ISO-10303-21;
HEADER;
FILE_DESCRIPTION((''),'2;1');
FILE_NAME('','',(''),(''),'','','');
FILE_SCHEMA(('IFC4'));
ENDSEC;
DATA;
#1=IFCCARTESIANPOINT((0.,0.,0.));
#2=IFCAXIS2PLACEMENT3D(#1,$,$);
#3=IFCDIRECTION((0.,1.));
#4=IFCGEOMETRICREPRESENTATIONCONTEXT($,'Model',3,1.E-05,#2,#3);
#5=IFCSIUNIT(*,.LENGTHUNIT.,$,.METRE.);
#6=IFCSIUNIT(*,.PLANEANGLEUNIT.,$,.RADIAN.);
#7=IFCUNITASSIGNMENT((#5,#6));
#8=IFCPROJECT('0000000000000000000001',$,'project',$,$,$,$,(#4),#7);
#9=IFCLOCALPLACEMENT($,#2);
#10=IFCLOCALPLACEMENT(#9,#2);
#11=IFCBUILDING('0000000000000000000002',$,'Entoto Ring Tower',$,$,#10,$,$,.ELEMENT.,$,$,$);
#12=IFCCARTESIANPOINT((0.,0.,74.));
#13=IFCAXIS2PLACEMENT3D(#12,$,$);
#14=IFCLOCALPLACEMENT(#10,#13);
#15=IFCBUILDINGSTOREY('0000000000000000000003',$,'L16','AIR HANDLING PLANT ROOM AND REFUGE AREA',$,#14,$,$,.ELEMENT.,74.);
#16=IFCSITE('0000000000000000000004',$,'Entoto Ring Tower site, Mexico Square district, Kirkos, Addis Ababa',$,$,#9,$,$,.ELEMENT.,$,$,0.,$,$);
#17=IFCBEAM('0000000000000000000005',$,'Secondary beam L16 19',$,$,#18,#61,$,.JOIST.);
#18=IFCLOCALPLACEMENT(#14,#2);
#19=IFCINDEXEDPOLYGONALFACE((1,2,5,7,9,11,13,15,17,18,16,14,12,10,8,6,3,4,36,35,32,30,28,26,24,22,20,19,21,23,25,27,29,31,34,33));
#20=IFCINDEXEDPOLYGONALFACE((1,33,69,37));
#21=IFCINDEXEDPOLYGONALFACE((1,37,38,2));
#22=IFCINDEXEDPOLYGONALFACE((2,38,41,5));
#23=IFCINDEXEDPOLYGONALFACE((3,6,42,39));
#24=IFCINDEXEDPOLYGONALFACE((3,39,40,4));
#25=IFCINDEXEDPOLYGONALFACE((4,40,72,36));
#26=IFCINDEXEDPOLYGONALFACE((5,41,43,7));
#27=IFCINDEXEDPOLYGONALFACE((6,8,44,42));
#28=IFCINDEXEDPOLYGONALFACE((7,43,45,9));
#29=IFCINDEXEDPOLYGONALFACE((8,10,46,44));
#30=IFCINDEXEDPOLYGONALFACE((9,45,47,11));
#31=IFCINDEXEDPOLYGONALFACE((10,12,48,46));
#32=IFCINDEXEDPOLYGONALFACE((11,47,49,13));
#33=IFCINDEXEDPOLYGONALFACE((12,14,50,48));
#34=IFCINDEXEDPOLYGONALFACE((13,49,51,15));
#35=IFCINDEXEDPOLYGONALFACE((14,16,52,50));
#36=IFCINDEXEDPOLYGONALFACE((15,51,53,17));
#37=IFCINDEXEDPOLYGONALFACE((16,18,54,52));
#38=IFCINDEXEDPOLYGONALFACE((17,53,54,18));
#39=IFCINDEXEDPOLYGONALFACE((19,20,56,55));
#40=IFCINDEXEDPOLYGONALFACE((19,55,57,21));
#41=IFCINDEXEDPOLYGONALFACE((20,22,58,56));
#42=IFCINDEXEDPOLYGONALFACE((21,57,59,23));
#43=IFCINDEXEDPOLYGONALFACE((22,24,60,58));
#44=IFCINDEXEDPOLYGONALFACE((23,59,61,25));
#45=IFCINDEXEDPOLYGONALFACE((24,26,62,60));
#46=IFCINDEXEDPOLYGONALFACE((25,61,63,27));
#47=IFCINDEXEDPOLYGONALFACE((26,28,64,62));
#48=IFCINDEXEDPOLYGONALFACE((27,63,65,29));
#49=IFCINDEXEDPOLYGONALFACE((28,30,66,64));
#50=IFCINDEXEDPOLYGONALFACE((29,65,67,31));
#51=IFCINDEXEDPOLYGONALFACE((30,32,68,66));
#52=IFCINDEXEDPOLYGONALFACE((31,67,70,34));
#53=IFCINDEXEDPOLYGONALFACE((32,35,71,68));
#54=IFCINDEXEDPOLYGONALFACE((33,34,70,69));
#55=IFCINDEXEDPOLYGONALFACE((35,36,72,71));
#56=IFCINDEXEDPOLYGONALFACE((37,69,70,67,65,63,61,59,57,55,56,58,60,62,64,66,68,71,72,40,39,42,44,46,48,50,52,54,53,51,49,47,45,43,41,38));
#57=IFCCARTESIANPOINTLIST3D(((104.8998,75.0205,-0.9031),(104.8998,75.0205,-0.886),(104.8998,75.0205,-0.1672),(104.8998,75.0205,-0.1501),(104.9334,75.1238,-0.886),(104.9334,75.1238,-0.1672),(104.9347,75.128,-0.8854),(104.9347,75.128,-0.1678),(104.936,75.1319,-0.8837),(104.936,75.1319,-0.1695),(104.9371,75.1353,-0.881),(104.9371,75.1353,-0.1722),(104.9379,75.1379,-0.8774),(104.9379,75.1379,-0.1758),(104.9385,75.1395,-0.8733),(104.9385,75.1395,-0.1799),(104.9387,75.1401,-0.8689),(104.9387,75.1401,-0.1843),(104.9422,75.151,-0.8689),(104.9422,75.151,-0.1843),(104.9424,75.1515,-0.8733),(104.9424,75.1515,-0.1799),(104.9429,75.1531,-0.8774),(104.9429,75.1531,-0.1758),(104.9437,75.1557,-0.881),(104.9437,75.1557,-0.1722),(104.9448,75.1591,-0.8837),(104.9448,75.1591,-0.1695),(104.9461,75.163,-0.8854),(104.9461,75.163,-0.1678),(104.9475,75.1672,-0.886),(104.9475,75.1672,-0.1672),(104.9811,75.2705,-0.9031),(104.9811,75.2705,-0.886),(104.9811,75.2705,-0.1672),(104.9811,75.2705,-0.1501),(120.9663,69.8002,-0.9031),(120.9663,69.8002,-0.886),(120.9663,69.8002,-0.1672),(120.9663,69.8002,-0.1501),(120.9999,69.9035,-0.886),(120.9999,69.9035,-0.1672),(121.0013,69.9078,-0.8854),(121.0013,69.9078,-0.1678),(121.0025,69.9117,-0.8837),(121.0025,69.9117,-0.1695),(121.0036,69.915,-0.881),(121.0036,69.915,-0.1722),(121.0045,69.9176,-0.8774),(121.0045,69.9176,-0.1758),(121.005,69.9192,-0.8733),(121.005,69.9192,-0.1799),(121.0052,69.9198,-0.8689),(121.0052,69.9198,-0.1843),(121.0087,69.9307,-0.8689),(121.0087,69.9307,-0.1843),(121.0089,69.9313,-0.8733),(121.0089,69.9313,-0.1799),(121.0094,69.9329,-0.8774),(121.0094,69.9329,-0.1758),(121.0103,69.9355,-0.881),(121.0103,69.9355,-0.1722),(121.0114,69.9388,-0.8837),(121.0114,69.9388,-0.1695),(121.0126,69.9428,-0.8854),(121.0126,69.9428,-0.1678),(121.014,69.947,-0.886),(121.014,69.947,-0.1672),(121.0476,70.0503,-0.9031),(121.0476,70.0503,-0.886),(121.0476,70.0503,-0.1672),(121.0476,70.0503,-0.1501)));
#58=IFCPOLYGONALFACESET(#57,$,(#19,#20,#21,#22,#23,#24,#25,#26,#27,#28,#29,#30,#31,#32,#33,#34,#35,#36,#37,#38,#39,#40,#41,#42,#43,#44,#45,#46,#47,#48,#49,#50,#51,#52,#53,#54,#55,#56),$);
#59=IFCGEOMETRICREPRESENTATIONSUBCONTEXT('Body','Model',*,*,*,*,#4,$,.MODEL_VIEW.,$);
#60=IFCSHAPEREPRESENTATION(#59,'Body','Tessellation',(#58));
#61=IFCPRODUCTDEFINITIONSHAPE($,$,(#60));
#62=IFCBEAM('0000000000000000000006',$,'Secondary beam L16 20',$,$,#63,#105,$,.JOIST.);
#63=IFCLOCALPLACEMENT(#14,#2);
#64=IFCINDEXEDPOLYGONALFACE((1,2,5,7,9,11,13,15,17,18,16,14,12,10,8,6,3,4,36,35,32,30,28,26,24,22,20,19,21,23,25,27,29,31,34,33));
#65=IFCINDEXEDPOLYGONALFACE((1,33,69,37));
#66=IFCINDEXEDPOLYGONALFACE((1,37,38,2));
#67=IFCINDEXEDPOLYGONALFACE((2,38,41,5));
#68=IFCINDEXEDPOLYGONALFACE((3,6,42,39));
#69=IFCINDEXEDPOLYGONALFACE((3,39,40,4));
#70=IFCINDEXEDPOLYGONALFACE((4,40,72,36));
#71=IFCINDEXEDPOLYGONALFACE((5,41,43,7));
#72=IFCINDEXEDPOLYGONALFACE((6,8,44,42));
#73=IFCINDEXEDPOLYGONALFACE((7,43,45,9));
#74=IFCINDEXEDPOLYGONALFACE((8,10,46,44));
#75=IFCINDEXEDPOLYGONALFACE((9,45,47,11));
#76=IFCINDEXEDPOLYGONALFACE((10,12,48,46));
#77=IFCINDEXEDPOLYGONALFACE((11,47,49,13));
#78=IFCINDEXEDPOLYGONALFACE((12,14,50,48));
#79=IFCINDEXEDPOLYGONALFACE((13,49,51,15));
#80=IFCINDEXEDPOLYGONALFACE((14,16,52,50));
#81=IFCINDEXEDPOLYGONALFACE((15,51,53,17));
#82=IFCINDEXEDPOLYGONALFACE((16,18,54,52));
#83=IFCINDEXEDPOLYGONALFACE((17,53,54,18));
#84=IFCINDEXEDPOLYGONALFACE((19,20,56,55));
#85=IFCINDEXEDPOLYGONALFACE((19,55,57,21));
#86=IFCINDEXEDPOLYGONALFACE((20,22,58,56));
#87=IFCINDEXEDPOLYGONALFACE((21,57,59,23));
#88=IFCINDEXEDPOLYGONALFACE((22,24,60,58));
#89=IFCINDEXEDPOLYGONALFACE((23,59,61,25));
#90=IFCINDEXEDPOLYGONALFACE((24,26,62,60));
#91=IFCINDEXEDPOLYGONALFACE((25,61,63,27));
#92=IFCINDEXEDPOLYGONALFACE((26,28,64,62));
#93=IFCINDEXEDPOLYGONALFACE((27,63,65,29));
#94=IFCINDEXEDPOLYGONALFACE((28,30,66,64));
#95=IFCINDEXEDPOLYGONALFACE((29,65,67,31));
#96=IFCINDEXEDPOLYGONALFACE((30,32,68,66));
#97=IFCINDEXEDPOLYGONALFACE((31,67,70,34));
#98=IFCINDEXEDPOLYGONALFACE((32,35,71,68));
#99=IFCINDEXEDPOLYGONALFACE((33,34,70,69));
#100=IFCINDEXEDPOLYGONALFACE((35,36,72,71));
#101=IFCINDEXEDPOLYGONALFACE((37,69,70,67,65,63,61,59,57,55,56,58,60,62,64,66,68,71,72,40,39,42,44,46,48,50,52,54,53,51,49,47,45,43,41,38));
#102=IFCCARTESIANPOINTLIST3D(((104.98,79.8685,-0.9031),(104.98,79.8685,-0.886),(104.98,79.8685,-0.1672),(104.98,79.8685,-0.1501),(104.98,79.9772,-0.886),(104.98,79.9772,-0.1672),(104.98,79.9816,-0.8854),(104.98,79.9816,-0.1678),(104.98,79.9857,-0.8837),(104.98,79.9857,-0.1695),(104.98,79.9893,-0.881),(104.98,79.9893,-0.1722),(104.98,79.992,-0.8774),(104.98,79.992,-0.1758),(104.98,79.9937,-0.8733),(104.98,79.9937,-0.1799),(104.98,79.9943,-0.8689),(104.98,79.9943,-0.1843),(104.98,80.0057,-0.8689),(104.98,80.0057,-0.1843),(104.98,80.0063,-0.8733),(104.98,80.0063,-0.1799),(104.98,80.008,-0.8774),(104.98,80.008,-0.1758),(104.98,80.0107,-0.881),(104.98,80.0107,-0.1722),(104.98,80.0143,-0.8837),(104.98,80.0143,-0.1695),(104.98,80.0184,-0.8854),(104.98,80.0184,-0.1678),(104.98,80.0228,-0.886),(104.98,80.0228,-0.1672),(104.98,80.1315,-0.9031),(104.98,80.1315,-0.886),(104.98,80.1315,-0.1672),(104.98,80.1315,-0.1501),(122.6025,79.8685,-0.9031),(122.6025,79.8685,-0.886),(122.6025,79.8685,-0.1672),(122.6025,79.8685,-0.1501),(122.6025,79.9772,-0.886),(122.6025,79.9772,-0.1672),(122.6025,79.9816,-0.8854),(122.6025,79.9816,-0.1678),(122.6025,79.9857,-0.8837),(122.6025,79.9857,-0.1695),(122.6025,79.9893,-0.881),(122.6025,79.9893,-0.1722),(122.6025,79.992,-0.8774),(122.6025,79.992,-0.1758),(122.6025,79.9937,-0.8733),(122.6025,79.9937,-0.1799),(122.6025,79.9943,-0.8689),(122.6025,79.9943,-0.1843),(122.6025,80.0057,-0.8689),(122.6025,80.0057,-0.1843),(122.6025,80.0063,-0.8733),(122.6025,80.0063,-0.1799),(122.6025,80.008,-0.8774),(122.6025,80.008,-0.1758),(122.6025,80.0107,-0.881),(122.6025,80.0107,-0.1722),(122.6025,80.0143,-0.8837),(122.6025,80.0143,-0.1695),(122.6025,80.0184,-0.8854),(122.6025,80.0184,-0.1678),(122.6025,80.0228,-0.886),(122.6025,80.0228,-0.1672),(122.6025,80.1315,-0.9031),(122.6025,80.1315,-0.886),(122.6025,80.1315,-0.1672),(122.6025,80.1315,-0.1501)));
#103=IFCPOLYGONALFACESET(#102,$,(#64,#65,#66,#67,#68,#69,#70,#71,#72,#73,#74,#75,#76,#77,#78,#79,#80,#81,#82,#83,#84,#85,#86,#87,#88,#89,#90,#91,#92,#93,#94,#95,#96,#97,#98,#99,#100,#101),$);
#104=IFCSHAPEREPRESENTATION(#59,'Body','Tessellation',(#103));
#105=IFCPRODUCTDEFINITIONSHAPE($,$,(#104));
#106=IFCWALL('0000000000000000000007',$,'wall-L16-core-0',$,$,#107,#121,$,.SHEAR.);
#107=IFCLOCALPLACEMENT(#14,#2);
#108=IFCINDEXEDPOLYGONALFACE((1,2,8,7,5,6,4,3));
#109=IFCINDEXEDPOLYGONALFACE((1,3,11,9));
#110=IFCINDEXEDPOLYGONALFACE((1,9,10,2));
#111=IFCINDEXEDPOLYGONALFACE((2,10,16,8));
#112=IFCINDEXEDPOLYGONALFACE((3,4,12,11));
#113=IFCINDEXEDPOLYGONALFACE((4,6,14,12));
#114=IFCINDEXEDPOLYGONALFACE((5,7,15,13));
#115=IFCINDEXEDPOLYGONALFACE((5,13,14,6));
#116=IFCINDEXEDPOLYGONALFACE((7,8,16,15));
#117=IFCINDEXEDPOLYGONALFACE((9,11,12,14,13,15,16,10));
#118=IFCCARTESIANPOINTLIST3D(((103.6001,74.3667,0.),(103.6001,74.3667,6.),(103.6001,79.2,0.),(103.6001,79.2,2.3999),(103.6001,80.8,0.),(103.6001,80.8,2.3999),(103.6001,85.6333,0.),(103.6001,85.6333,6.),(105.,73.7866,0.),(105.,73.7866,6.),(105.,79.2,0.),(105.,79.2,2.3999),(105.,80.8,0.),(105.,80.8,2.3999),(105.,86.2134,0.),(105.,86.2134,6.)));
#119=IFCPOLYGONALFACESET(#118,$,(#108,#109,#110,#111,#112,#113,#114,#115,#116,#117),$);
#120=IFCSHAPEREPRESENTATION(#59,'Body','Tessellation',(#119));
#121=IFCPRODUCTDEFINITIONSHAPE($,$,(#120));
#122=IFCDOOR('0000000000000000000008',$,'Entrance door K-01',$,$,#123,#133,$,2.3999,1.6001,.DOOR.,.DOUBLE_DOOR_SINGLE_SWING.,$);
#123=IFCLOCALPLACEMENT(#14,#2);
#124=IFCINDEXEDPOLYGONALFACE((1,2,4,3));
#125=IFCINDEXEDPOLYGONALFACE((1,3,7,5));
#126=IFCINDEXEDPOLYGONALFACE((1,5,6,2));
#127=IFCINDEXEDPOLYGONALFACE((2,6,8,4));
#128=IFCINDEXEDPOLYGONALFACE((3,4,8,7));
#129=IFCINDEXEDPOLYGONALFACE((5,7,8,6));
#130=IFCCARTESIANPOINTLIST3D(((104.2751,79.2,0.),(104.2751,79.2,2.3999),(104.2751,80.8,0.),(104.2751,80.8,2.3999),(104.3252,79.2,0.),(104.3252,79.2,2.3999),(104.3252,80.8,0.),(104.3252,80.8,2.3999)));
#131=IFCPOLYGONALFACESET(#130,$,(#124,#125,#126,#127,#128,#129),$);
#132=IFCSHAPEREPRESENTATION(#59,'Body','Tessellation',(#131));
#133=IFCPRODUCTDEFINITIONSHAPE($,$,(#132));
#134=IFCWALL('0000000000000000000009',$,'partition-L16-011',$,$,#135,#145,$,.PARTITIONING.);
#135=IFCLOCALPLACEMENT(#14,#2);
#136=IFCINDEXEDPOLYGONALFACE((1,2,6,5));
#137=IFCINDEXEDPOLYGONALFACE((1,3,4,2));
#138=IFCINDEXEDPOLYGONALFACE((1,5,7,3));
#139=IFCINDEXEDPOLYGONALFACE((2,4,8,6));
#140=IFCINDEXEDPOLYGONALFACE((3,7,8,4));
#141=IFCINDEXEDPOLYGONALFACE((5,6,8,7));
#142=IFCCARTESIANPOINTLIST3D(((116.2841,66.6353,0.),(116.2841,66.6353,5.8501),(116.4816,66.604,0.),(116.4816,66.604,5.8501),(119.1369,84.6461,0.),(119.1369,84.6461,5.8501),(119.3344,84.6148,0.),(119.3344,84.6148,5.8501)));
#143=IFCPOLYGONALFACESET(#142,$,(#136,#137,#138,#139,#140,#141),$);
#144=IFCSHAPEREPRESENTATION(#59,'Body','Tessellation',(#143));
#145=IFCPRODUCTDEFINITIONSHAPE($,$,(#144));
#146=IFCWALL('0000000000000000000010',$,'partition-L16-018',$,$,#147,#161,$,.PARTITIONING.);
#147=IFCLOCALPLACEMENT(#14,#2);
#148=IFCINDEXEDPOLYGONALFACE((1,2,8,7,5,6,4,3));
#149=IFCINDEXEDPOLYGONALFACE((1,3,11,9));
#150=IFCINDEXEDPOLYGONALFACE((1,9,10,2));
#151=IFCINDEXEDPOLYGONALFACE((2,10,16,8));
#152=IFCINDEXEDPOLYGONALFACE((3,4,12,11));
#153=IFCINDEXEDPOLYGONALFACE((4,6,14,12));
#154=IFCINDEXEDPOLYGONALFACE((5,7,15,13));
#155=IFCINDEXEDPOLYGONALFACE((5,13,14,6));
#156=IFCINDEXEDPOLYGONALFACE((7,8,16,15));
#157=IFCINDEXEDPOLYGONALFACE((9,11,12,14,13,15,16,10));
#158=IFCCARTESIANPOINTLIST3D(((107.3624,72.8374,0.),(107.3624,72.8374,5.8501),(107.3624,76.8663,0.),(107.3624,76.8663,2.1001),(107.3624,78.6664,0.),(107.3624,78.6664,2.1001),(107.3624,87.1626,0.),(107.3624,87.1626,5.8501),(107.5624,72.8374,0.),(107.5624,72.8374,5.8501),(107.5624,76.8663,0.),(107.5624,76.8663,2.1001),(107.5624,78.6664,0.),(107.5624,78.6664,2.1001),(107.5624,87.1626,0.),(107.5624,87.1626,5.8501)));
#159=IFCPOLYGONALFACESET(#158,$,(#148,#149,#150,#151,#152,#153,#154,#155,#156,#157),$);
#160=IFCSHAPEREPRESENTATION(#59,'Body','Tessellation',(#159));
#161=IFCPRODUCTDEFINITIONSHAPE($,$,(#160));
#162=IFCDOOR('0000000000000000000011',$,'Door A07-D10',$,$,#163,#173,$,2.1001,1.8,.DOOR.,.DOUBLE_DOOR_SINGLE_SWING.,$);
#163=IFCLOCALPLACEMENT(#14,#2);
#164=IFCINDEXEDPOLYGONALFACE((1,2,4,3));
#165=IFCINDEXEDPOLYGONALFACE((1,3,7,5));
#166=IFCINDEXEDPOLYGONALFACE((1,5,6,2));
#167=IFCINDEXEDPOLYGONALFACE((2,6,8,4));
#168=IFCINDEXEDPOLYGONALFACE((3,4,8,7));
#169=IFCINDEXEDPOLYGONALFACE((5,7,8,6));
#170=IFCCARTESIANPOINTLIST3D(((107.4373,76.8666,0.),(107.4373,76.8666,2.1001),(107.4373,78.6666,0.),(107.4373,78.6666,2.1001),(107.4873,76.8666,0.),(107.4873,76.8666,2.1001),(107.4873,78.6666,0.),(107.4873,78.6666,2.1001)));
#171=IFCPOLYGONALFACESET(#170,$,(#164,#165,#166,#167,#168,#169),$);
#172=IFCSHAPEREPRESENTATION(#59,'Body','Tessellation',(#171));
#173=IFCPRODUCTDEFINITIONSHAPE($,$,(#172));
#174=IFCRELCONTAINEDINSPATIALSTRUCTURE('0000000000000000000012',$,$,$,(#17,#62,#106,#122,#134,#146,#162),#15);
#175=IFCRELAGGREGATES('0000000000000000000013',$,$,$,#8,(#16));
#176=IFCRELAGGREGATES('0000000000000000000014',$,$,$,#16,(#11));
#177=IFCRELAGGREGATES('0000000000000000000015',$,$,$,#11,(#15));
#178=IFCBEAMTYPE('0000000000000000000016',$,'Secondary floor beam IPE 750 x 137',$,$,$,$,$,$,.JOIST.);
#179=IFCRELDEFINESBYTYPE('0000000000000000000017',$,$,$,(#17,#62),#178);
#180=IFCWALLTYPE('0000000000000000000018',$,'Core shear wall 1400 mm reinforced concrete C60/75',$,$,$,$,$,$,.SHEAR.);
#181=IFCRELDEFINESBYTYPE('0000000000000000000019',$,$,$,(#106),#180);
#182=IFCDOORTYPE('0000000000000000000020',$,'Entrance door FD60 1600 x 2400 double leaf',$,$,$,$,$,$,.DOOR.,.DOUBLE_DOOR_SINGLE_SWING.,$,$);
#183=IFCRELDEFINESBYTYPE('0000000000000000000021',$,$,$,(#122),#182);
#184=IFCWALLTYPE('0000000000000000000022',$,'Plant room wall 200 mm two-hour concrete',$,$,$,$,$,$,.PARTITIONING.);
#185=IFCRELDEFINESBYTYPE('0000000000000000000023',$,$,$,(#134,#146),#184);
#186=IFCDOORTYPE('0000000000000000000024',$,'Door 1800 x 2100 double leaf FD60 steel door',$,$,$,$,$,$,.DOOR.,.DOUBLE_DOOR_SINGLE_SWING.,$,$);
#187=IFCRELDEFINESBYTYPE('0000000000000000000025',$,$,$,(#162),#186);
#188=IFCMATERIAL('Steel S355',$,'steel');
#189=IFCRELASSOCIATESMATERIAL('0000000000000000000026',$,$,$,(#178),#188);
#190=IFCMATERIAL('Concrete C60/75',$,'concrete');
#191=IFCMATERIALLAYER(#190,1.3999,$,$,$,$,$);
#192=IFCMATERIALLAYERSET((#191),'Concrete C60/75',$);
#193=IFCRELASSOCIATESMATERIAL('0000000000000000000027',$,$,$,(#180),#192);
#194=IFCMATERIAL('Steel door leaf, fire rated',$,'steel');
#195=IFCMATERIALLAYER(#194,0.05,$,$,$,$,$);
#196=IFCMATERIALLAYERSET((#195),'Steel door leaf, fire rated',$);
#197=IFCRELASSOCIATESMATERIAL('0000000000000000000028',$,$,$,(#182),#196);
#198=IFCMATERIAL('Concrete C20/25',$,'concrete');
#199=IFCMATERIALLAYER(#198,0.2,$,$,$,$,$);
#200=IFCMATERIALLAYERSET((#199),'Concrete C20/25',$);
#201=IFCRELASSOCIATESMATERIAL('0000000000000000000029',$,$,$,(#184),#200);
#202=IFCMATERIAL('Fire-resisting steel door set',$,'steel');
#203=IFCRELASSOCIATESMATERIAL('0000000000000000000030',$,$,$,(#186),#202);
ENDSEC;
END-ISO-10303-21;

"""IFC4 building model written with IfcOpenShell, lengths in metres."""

from ifc_helpers import new_model, si_unit, direction, frame, frame_2d, origin, origin_2d, place, context, subcontext, project, spatial, polyline, rectangle, i_section, outline, extrude, material, layer, layer_set, material_profile, profile_set, type_object, element, fill, save


model = new_model("IFC4")

# Units and contexts
model_context = context("Model", 3, precision=1e-05, world=origin(), true_north=direction((0.0, 1.0)))
body_context = subcontext(model_context, "Body", "Model", "MODEL_VIEW")
ifc_project = project(units=[si_unit("LENGTHUNIT", "METRE"), si_unit("PLANEANGLEUNIT", "RADIAN")], contexts=[model_context])

# Site, building, storey
site_placement = place(None, origin())
site = spatial("IfcSite", under=ifc_project, at=site_placement, Name="Entoto Ring Tower site, Mexico Square district, Kirkos, Addis Ababa", CompositionType="ELEMENT", RefElevation=0.0)
building_placement = place(site_placement, origin())
building = spatial("IfcBuilding", under=site, at=building_placement, Name="Entoto Ring Tower", CompositionType="ELEMENT")
storey_placement = place(building_placement, frame((0.0, 0.0, 74.0)))
storey = spatial("IfcBuildingStorey", under=building, at=storey_placement, Name="L16", Description="AIR HANDLING PLANT ROOM AND REFUGE AREA", CompositionType="ELEMENT", Elevation=74.0)

# Beams
ifc_material_1 = material(Name="Steel S355", Category="steel")
ifc_material_profile_1 = material_profile(ifc_material_1, i_section(OverallWidth=0.2629, OverallDepth=0.7529, WebThickness=0.0115, FlangeThickness=0.0171, FilletRadius=0.0171, at=origin_2d()), Name="IPE 750 x 137")
ifc_profile_set_1 = profile_set([ifc_material_profile_1], Name="Steel S355")
beam_type_1 = type_object("IfcBeamType", Name="Secondary floor beam IPE 750 x 137", PredefinedType="JOIST", material=ifc_profile_set_1)
beam_1_placement = place(storey_placement, frame((104.9404, 75.1455, -0.5266), z_axis=(0.951058, -0.309013, 0.0), x_axis=(0.309013, 0.951058, 0.0)))
element("IfcBeam", 1, at=beam_1_placement, inside=storey, type_object=beam_type_1, Name="Secondary beam L16 19", PredefinedType="JOIST", context=body_context, shape_type="SweptSolid", body=[
    extrude(i_section(OverallWidth=0.2629, OverallDepth=0.7529, WebThickness=0.0115, FlangeThickness=0.0171, FilletRadius=0.0171, at=origin_2d()), origin(), (0.0, 0.0, 1.0), 16.8933),
])
beam_2_placement = place(storey_placement, frame((104.98, 80.0, -0.5266), z_axis=(1.0, 0.0, 0.0), x_axis=(0.0, 1.0, 0.0)))
element("IfcBeam", 2, at=beam_2_placement, inside=storey, type_object=beam_type_1, Name="Secondary beam L16 20", PredefinedType="JOIST", context=body_context, shape_type="SweptSolid", body=[
    extrude(i_section(OverallWidth=0.2629, OverallDepth=0.7529, WebThickness=0.0115, FlangeThickness=0.0171, FilletRadius=0.0171, at=origin_2d()), origin(), (0.0, 0.0, 1.0), 17.6226),
])

# Wall, opening, door
ifc_material_2 = material(Name="Concrete C60/75", Category="concrete")
ifc_layer_1 = layer(ifc_material_2, 1.3999)
ifc_layer_set_1 = layer_set([ifc_layer_1], Name="Concrete C60/75")
wall_type_1 = type_object("IfcWallType", Name="Core shear wall 1400 mm reinforced concrete C60/75", PredefinedType="SHEAR", material=ifc_layer_set_1)
wall_1_placement = place(storey_placement, frame((104.3, 74.0767, 0.0), z_axis=(0.0, 0.0, 1.0), x_axis=(0.0, 1.0, 0.0)))
wall_1 = element("IfcWall", 3, at=wall_1_placement, inside=storey, type_object=wall_type_1, Name="wall-L16-core-0", PredefinedType="SHEAR", context=body_context, shape_type="SweptSolid", body=[
    extrude(outline(polyline([(-0.29, -0.7), (12.1367, -0.7), (11.5566, 0.7), (0.29, 0.7), (-0.29, -0.7)])), origin(), (0.0, 0.0, 1.0), 6.0),
])
opening_1_placement = place(wall_1_placement, frame((5.1233, 0.0, 0.0)))
opening_1 = element("IfcOpeningElement", 4, at=opening_1_placement, cuts=wall_1, PredefinedType="OPENING", context=body_context, shape_type="SweptSolid", body=[
    extrude(rectangle(XDim=1.6001, YDim=2.3999, at=frame_2d((0.8, 1.2))), frame((0.0, 0.71, 0.0), z_axis=(0.0, -1.0, 0.0), x_axis=(1.0, 0.0, 0.0)), (0.0, 0.0, 1.0), 1.4199),
])
ifc_material_3 = material(Name="Steel door leaf, fire rated", Category="steel")
ifc_layer_2 = layer(ifc_material_3, 0.05)
ifc_layer_set_2 = layer_set([ifc_layer_2], Name="Steel door leaf, fire rated")
door_type_1 = type_object("IfcDoorType", Name="Entrance door FD60 1600 x 2400 double leaf", OperationType="DOUBLE_DOOR_SINGLE_SWING", PredefinedType="DOOR", material=ifc_layer_set_2)
door_1_placement = place(opening_1_placement, origin())
door_1 = element("IfcDoor", 5, at=door_1_placement, inside=storey, type_object=door_type_1, Name="Entrance door K-01", OperationType="DOUBLE_DOOR_SINGLE_SWING", OverallHeight=2.3999, OverallWidth=1.6001, PredefinedType="DOOR", context=body_context, shape_type="SweptSolid", body=[
    extrude(rectangle(XDim=1.6001, YDim=2.3999, at=frame_2d((0.8, 1.2))), frame((0.0, 0.0249, 0.0), z_axis=(0.0, -1.0, 0.0), x_axis=(1.0, 0.0, 0.0)), (0.0, 0.0, 1.0), 0.05),
])
fill(opening_1, door_1)

# Wall
ifc_material_4 = material(Name="Concrete C20/25", Category="concrete")
ifc_layer_3 = layer(ifc_material_4, 0.2)
ifc_layer_set_3 = layer_set([ifc_layer_3], Name="Concrete C20/25")
wall_type_2 = type_object("IfcWallType", Name="Plant room wall 200 mm two-hour concrete", PredefinedType="PARTITIONING", material=ifc_layer_set_3)
wall_2_placement = place(storey_placement, frame((116.3828, 66.6196, 0.0), z_axis=(0.0, 0.0, 1.0), x_axis=(0.156443, 0.987687, 0.0)))
element("IfcWall", 6, at=wall_2_placement, inside=storey, type_object=wall_type_2, Name="partition-L16-011", PredefinedType="PARTITIONING", context=body_context, shape_type="SweptSolid", body=[
    extrude(rectangle(XDim=18.2354, YDim=0.2, at=frame_2d((9.1177, 0.0))), origin(), (0.0, 0.0, 1.0), 5.8501),
])

# Wall, opening, door
wall_3_placement = place(storey_placement, frame((107.4624, 72.8374, 0.0), z_axis=(0.0, 0.0, 1.0), x_axis=(0.0, 1.0, 0.0)))
wall_3 = element("IfcWall", 7, at=wall_3_placement, inside=storey, type_object=wall_type_2, Name="partition-L16-018", PredefinedType="PARTITIONING", context=body_context, shape_type="SweptSolid", body=[
    extrude(rectangle(XDim=14.3252, YDim=0.2, at=frame_2d((7.1626, 0.0))), origin(), (0.0, 0.0, 1.0), 5.8501),
])
opening_2_placement = place(wall_3_placement, frame((4.0291, 0.0, 0.0)))
opening_2 = element("IfcOpeningElement", 8, at=opening_2_placement, cuts=wall_3, PredefinedType="OPENING", context=body_context, shape_type="SweptSolid", body=[
    extrude(rectangle(XDim=1.8, YDim=2.1001, at=frame_2d((0.8999, 1.05))), frame((0.0, 0.1099, 0.0), z_axis=(0.0, -1.0, 0.0), x_axis=(1.0, 0.0, 0.0)), (0.0, 0.0, 1.0), 0.22),
])
ifc_material_5 = material(Name="Fire-resisting steel door set", Category="steel")
door_type_2 = type_object("IfcDoorType", Name="Door 1800 x 2100 double leaf FD60 steel door", OperationType="DOUBLE_DOOR_SINGLE_SWING", PredefinedType="DOOR", material=ifc_material_5)
door_2_placement = place(opening_2_placement, frame((1.8, 0.0, 0.0), z_axis=(0.0, 0.0, 1.0), x_axis=(-1.0, 0.0, 0.0)))
door_2 = element("IfcDoor", 9, at=door_2_placement, inside=storey, type_object=door_type_2, Name="Door A07-D10", OperationType="DOUBLE_DOOR_SINGLE_SWING", OverallHeight=2.1001, OverallWidth=1.8, PredefinedType="DOOR", context=body_context, shape_type="SweptSolid", body=[
    extrude(rectangle(XDim=1.8, YDim=2.1001, at=frame_2d((0.8999, 1.05))), frame((0.0, 0.0249, 0.0), z_axis=(0.0, -1.0, 0.0), x_axis=(1.0, 0.0, 0.0)), (0.0, 0.0, 1.0), 0.05),
])
fill(opening_2, door_2)

save(model, "model.ifc")
